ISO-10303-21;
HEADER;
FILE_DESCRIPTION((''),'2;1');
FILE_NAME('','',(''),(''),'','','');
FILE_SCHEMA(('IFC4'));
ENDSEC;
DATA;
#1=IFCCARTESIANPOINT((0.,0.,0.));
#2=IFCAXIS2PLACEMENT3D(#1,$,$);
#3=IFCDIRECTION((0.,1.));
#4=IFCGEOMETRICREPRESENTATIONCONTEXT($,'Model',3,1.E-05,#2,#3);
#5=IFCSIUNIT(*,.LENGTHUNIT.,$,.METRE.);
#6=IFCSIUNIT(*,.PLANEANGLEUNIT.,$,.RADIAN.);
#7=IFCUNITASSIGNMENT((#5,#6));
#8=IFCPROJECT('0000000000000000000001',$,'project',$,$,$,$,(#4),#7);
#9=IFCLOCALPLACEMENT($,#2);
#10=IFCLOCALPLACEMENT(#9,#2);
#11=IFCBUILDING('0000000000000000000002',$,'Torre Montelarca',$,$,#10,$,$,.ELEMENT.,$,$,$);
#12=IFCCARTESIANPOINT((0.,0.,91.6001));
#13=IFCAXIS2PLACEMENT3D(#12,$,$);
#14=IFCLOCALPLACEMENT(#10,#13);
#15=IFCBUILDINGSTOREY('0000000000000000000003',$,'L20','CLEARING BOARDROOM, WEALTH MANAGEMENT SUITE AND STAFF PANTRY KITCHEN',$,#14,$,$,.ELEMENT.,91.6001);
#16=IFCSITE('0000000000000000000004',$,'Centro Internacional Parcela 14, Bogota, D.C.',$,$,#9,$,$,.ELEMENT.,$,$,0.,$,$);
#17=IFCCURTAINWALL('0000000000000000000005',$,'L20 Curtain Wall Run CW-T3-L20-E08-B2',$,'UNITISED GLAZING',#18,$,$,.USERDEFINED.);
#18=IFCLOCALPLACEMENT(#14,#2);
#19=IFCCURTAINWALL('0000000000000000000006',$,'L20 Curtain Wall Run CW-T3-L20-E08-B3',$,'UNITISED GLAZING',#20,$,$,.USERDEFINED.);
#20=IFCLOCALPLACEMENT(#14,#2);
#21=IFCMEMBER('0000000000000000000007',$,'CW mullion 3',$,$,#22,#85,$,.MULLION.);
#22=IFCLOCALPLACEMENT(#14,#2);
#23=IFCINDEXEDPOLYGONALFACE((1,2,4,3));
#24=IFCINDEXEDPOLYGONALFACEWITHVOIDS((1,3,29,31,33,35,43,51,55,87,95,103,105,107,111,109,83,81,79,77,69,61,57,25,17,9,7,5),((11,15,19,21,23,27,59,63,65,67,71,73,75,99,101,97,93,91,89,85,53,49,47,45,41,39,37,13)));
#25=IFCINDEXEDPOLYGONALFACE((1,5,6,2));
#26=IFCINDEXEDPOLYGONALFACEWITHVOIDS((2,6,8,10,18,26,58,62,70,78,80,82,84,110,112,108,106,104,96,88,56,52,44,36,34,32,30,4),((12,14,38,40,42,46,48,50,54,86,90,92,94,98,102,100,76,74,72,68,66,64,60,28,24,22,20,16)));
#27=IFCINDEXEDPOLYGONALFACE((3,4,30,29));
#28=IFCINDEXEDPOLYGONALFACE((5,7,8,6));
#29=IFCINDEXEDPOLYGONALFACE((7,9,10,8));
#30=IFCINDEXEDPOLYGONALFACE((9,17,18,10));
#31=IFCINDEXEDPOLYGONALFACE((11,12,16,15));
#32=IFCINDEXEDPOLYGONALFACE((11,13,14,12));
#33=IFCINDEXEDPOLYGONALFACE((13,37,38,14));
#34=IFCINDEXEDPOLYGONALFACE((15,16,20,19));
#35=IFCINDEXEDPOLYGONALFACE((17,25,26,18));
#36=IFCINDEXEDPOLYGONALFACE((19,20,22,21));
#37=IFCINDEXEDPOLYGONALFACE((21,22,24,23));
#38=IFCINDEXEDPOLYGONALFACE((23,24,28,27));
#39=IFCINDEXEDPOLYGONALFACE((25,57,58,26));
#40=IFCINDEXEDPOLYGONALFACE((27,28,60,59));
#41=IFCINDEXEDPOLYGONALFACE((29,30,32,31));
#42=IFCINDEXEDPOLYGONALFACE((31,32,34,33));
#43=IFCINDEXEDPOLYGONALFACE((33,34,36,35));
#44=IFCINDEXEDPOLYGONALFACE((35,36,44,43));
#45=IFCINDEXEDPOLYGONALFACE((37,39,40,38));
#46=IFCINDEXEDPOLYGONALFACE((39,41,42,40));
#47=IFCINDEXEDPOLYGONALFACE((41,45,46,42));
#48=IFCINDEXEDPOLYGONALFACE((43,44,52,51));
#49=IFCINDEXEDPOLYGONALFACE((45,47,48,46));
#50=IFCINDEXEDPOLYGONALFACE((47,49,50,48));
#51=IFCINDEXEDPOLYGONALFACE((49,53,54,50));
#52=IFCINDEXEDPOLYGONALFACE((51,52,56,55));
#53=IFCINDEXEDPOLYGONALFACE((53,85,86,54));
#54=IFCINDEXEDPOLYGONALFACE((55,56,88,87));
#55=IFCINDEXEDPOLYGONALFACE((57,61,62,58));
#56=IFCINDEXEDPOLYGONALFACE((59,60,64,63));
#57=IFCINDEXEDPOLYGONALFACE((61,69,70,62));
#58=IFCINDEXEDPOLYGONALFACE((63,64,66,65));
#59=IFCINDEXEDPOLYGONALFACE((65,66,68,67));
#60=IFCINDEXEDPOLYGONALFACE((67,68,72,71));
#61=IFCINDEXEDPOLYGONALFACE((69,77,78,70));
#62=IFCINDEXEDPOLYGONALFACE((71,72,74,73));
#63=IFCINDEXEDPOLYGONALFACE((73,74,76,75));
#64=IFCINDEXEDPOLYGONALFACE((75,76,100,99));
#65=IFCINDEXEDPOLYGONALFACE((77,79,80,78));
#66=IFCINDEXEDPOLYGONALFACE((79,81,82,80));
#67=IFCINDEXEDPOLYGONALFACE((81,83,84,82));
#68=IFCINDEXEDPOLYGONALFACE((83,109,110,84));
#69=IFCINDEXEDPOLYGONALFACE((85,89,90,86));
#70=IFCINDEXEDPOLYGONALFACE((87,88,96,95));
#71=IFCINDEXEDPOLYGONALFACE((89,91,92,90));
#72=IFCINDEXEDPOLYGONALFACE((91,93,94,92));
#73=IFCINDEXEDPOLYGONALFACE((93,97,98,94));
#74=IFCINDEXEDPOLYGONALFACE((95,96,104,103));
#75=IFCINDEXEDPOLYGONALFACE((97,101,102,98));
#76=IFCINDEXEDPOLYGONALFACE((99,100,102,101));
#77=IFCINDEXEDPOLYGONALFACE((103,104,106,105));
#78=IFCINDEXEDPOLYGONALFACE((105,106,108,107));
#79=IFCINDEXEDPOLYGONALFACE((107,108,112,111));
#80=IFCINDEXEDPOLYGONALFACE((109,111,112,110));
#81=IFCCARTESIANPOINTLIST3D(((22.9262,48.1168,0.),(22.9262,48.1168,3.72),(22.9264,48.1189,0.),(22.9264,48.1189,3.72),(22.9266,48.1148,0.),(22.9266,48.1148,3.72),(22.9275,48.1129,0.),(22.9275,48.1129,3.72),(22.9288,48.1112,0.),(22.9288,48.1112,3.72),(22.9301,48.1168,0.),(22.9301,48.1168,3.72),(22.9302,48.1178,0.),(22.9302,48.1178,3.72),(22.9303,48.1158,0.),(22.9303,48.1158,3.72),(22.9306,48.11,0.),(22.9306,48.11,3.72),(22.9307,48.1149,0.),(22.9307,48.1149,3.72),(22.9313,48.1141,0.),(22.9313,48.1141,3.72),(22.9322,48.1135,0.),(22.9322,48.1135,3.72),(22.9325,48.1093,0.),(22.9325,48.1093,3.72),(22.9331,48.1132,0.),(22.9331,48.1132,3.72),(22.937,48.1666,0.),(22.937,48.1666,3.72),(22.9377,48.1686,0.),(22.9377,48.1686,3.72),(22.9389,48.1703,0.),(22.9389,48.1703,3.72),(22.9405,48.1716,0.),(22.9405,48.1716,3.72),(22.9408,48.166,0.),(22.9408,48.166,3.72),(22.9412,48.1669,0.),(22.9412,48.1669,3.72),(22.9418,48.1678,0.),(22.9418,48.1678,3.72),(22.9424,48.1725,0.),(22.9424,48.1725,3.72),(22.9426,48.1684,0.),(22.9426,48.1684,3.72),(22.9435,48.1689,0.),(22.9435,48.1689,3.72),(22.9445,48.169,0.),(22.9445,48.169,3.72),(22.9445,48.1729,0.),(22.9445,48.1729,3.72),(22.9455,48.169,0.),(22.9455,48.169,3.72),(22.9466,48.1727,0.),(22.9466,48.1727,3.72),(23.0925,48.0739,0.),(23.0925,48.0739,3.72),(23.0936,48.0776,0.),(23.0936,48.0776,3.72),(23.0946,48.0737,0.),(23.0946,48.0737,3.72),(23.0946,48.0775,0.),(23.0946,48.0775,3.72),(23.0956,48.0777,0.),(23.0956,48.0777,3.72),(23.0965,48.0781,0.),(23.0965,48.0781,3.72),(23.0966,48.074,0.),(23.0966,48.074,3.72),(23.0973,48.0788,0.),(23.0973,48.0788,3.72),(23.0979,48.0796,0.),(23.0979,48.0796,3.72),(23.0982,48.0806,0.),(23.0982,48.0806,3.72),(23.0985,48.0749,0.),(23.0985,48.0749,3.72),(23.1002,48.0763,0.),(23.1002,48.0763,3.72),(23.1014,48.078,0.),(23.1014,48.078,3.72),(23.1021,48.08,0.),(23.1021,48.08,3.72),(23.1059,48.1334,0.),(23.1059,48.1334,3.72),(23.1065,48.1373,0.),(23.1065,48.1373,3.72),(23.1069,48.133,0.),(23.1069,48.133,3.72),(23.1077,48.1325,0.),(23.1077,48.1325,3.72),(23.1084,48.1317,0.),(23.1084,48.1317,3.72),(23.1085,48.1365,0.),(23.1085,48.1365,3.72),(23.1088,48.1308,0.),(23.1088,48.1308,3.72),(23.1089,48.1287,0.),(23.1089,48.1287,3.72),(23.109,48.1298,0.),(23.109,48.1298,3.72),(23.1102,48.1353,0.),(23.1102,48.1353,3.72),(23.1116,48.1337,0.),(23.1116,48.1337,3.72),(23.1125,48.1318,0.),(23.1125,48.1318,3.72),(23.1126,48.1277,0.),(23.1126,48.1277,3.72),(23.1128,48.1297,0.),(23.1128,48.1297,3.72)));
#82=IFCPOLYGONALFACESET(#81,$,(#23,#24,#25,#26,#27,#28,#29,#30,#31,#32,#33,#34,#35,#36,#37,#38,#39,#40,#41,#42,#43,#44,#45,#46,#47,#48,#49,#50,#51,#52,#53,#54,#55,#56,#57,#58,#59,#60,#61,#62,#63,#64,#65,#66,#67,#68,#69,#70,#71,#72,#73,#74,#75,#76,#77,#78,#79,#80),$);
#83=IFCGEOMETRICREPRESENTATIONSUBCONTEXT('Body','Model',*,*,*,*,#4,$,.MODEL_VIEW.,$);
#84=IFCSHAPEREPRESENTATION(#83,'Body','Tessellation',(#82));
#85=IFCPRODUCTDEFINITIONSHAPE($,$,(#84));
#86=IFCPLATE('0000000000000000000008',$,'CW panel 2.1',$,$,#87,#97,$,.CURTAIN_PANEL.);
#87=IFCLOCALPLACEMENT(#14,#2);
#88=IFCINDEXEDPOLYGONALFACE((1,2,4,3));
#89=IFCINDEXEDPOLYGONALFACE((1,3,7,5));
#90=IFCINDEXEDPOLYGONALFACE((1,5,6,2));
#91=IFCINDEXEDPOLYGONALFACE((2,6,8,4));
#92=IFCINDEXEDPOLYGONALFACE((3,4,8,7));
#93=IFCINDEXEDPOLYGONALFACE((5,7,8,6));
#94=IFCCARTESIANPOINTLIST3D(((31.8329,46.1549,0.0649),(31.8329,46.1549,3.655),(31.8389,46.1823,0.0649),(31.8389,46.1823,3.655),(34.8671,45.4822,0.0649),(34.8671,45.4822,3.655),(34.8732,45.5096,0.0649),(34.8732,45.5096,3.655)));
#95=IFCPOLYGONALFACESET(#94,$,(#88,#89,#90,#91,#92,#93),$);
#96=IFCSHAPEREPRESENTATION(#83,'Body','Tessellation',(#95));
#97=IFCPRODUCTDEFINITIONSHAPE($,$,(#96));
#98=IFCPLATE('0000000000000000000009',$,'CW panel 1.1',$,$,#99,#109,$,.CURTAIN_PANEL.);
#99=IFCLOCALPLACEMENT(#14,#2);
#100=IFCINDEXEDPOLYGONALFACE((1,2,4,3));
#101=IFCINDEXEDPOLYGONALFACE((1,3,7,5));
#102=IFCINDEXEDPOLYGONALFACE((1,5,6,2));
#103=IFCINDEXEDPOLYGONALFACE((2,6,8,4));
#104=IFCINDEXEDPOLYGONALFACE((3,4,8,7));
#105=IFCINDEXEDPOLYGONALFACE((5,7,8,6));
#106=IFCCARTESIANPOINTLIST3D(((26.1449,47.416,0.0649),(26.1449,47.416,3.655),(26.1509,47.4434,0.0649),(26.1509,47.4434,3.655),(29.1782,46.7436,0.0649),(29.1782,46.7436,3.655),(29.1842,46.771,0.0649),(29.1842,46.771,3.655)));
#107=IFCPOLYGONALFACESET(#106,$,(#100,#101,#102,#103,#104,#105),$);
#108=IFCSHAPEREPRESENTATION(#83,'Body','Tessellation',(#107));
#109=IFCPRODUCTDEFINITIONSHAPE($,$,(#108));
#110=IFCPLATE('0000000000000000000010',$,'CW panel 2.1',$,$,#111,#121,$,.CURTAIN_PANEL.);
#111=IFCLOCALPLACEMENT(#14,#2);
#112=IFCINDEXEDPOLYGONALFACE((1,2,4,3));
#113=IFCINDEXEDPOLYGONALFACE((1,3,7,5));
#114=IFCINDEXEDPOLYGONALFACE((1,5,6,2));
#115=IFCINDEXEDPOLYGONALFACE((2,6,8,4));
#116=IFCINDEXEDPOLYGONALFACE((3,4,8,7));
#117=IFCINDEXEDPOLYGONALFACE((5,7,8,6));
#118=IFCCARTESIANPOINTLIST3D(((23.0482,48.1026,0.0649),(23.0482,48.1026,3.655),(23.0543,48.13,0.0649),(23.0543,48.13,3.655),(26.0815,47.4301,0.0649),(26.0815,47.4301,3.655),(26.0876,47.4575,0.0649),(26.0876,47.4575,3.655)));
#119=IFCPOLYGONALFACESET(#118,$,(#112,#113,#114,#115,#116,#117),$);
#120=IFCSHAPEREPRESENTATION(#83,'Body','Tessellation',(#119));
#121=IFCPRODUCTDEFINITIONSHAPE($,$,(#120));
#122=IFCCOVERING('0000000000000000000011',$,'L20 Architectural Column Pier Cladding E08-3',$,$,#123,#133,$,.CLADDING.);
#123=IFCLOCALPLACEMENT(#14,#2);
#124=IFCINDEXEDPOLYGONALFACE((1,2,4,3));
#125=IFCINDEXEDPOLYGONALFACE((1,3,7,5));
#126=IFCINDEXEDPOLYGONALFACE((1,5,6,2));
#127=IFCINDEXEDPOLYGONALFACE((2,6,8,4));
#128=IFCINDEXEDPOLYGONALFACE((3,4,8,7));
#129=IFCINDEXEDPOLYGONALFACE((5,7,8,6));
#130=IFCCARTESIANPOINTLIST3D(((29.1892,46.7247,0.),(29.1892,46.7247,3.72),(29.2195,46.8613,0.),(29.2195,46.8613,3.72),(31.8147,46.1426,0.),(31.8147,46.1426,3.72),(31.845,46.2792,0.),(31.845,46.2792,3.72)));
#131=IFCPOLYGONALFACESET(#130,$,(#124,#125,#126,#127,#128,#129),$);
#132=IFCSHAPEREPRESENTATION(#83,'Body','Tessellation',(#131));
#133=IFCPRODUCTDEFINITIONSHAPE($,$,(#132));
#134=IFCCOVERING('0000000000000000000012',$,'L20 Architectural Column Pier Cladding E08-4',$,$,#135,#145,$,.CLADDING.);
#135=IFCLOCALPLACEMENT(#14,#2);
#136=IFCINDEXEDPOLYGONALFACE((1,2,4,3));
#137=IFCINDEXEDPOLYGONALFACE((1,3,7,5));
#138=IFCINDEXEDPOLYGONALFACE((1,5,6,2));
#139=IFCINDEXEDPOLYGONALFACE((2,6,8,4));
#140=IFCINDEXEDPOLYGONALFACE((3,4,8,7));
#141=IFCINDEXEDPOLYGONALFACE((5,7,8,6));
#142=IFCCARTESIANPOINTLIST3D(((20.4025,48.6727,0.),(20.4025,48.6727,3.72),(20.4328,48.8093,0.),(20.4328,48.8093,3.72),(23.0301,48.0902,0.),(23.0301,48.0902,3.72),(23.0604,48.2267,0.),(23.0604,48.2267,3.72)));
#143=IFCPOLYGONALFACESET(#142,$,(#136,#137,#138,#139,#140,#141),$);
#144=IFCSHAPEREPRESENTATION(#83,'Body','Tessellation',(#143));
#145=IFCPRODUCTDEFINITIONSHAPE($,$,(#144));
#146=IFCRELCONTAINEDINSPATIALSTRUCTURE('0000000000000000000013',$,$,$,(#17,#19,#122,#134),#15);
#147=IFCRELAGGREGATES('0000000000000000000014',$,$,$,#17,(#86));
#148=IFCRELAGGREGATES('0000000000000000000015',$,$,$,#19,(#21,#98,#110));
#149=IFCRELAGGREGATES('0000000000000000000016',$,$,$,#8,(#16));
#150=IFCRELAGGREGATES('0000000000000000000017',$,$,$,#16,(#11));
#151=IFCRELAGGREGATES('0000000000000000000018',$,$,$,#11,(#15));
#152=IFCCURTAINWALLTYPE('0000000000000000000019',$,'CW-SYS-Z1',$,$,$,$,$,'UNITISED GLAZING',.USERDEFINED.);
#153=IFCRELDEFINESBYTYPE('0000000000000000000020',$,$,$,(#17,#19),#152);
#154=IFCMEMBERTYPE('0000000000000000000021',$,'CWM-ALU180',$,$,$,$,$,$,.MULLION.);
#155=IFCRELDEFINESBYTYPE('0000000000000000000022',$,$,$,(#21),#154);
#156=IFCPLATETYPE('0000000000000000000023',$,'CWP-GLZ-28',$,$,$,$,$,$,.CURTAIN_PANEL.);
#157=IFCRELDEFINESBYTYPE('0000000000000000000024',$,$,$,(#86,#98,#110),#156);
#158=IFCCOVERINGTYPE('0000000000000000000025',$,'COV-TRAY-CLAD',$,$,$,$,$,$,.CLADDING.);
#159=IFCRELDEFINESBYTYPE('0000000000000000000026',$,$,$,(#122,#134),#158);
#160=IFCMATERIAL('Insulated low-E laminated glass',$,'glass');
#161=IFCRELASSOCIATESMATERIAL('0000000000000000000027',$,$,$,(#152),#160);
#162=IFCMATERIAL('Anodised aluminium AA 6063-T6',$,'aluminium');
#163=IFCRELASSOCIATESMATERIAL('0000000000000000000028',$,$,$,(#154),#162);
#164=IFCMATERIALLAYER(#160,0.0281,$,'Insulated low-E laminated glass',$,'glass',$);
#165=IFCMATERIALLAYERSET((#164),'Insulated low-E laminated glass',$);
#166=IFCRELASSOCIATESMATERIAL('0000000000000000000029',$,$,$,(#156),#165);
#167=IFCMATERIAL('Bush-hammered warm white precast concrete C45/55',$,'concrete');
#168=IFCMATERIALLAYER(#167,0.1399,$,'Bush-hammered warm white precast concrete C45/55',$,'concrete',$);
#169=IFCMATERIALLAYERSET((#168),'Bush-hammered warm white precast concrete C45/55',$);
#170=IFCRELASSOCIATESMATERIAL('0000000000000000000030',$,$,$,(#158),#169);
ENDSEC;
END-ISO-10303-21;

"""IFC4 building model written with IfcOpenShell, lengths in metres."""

from ifc_helpers import new_model, si_unit, direction, frame, origin, origin_2d, place, context, subcontext, project, spatial, rectangle, hollow_rectangle, extrude, source, transform, mapped, material, layer, layer_set, material_profile, profile_set, type_object, element, aggregate, save


model = new_model("IFC4")

# Units and contexts
model_context = context("Model", 3, precision=1e-05, world=origin(), true_north=direction((0.0, 1.0)))
body_context = subcontext(model_context, "Body", "Model", "MODEL_VIEW")
ifc_project = project(units=[si_unit("LENGTHUNIT", "METRE"), si_unit("PLANEANGLEUNIT", "RADIAN")], contexts=[model_context])

# Site, building, storey
site_placement = place(None, origin())
site = spatial("IfcSite", under=ifc_project, at=site_placement, Name="Centro Internacional Parcela 14, Bogota, D.C.", CompositionType="ELEMENT", RefElevation=0.0)
building_placement = place(site_placement, origin())
building = spatial("IfcBuilding", under=site, at=building_placement, Name="Torre Montelarca", CompositionType="ELEMENT")
storey_placement = place(building_placement, frame((0.0, 0.0, 91.6001)))
storey = spatial("IfcBuildingStorey", under=building, at=storey_placement, Name="L20", Description="CLEARING BOARDROOM, WEALTH MANAGEMENT SUITE AND STAFF PANTRY KITCHEN", CompositionType="ELEMENT", Elevation=91.6001)

# Curtain walls
ifc_material_1 = material(Name="Insulated low-E laminated glass", Category="glass")
curtain_wall_type = type_object("IfcCurtainWallType", Name="CW-SYS-Z1", ElementType="UNITISED GLAZING", PredefinedType="USERDEFINED", material=ifc_material_1)
curtain_wall_1_placement = place(storey_placement, origin())
curtain_wall_1 = element("IfcCurtainWall", 1, at=curtain_wall_1_placement, inside=storey, type_object=curtain_wall_type, Name="L20 Curtain Wall Run CW-T3-L20-E08-B2", ObjectType="UNITISED GLAZING", PredefinedType="USERDEFINED")
ifc_material_2 = material(Name="Anodised aluminium AA 6063-T6", Category="aluminium")
curtain_wall_2_placement = place(storey_placement, origin())
curtain_wall_2 = element("IfcCurtainWall", 2, at=curtain_wall_2_placement, inside=storey, type_object=curtain_wall_type, Name="L20 Curtain Wall Run CW-T3-L20-E08-B3", ObjectType="UNITISED GLAZING", PredefinedType="USERDEFINED")

# Member
ifc_material_profile_1 = material_profile(ifc_material_2, hollow_rectangle(XDim=0.0649, YDim=0.1799, WallThickness=0.0039, InnerFilletRadius=0.0039, OuterFilletRadius=0.0081, at=origin_2d()), Name="ALU65X180X4", Category="aluminium")
ifc_profile_set_1 = profile_set([ifc_material_profile_1], Name="Anodised aluminium AA 6063-T6")
member_type_1 = type_object("IfcMemberType", Name="CWM-ALU180", PredefinedType="MULLION", material=ifc_profile_set_1)
shared_shape_1 = source(origin(), body_context, "Body", "SweptSolid", [
    extrude(hollow_rectangle(XDim=0.0649, YDim=0.1799, WallThickness=0.0039, InnerFilletRadius=0.0039, OuterFilletRadius=0.0081, at=origin_2d()), origin(), (0.0, 0.0, 1.0), 3.72),
])
member_1_placement = place(storey_placement, frame((23.0195, 48.1233, 0.0), z_axis=(0.0, 0.0, 1.0), x_axis=(-0.21644, -0.976296, 0.0)))
member_1 = element("IfcMember", 3, at=member_1_placement, type_object=member_type_1, Name="CW mullion 3", PredefinedType="MULLION", context=body_context, shape_type="MappedRepresentation", body=[
    mapped(shared_shape_1, transform((0.0, 0.0, 0.0), scale=1.0)),
])

# Plates
ifc_layer_1 = layer(ifc_material_1, 0.0281, Name="Insulated low-E laminated glass", Category="glass")
ifc_layer_set_1 = layer_set([ifc_layer_1], Name="Insulated low-E laminated glass")
plate_type = type_object("IfcPlateType", Name="CWP-GLZ-28", PredefinedType="CURTAIN_PANEL", material=ifc_layer_set_1)
shared_shape_2 = source(origin(), body_context, "Body", "SweptSolid", [
    extrude(rectangle(XDim=3.1079, YDim=0.0281, at=origin_2d()), origin(), (0.0, 0.0, 1.0), 3.5901),
])
plate_1_placement = place(storey_placement, frame((33.353, 45.8323, 0.0649), z_axis=(0.0, 0.0, 1.0), x_axis=(-0.976295, 0.216445, 0.0)))
plate_1 = element("IfcPlate", 4, at=plate_1_placement, type_object=plate_type, Name="CW panel 2.1", PredefinedType="CURTAIN_PANEL", context=body_context, shape_type="MappedRepresentation", body=[
    mapped(shared_shape_2, transform((0.0, 0.0, 0.0), scale=1.0)),
])
aggregate(curtain_wall_1, [plate_1])
shared_shape_3 = source(origin(), body_context, "Body", "SweptSolid", [
    extrude(rectangle(XDim=3.1069, YDim=0.0281, at=origin_2d()), origin(), (0.0, 0.0, 1.0), 3.5901),
])
plate_2_placement = place(storey_placement, frame((27.6646, 47.0935, 0.0649), z_axis=(0.0, 0.0, 1.0), x_axis=(-0.976296, 0.21644, 0.0)))
plate_2 = element("IfcPlate", 5, at=plate_2_placement, type_object=plate_type, Name="CW panel 1.1", PredefinedType="CURTAIN_PANEL", context=body_context, shape_type="MappedRepresentation", body=[
    mapped(shared_shape_3, transform((0.0, 0.0, 0.0), scale=1.0)),
])
plate_3_placement = place(storey_placement, frame((24.5679, 47.78, 0.0649), z_axis=(0.0, 0.0, 1.0), x_axis=(-0.976296, 0.21644, 0.0)))
plate_3 = element("IfcPlate", 6, at=plate_3_placement, type_object=plate_type, Name="CW panel 2.1", PredefinedType="CURTAIN_PANEL", context=body_context, shape_type="MappedRepresentation", body=[
    mapped(shared_shape_3, transform((0.0, 0.0, 0.0), scale=1.0)),
])
aggregate(curtain_wall_2, [member_1, plate_2, plate_3])

# Coverings
ifc_material_3 = material(Name="Bush-hammered warm white precast concrete C45/55", Category="concrete")
ifc_layer_2 = layer(ifc_material_3, 0.1399, Name="Bush-hammered warm white precast concrete C45/55", Category="concrete")
ifc_layer_set_2 = layer_set([ifc_layer_2], Name="Bush-hammered warm white precast concrete C45/55")
covering_type = type_object("IfcCoveringType", Name="COV-TRAY-CLAD", PredefinedType="CLADDING", material=ifc_layer_set_2)
shared_shape_4 = source(origin(), body_context, "Body", "SweptSolid", [
    extrude(rectangle(XDim=2.6892, YDim=0.1399, at=origin_2d()), origin(), (0.0, 0.0, 1.0), 3.72),
])
covering_1_placement = place(storey_placement, frame((30.5171, 46.502, 0.0), z_axis=(0.0, 0.0, 1.0), x_axis=(-0.976296, 0.21644, 0.0)))
element("IfcCovering", 7, at=covering_1_placement, inside=storey, type_object=covering_type, Name="L20 Architectural Column Pier Cladding E08-3", PredefinedType="CLADDING", context=body_context, shape_type="MappedRepresentation", body=[
    mapped(shared_shape_4, transform((0.0, 0.0, 0.0), scale=1.0)),
])
shared_shape_5 = source(origin(), body_context, "Body", "SweptSolid", [
    extrude(rectangle(XDim=2.6914, YDim=0.1399, at=origin_2d()), origin(), (0.0, 0.0, 1.0), 3.72),
])
covering_2_placement = place(storey_placement, frame((21.7314, 48.4497, 0.0), z_axis=(0.0, 0.0, 1.0), x_axis=(-0.976296, 0.21644, 0.0)))
element("IfcCovering", 8, at=covering_2_placement, inside=storey, type_object=covering_type, Name="L20 Architectural Column Pier Cladding E08-4", PredefinedType="CLADDING", context=body_context, shape_type="MappedRepresentation", body=[
    mapped(shared_shape_5, transform((0.0, 0.0, 0.0), scale=1.0)),
])

save(model, "model.ifc")
